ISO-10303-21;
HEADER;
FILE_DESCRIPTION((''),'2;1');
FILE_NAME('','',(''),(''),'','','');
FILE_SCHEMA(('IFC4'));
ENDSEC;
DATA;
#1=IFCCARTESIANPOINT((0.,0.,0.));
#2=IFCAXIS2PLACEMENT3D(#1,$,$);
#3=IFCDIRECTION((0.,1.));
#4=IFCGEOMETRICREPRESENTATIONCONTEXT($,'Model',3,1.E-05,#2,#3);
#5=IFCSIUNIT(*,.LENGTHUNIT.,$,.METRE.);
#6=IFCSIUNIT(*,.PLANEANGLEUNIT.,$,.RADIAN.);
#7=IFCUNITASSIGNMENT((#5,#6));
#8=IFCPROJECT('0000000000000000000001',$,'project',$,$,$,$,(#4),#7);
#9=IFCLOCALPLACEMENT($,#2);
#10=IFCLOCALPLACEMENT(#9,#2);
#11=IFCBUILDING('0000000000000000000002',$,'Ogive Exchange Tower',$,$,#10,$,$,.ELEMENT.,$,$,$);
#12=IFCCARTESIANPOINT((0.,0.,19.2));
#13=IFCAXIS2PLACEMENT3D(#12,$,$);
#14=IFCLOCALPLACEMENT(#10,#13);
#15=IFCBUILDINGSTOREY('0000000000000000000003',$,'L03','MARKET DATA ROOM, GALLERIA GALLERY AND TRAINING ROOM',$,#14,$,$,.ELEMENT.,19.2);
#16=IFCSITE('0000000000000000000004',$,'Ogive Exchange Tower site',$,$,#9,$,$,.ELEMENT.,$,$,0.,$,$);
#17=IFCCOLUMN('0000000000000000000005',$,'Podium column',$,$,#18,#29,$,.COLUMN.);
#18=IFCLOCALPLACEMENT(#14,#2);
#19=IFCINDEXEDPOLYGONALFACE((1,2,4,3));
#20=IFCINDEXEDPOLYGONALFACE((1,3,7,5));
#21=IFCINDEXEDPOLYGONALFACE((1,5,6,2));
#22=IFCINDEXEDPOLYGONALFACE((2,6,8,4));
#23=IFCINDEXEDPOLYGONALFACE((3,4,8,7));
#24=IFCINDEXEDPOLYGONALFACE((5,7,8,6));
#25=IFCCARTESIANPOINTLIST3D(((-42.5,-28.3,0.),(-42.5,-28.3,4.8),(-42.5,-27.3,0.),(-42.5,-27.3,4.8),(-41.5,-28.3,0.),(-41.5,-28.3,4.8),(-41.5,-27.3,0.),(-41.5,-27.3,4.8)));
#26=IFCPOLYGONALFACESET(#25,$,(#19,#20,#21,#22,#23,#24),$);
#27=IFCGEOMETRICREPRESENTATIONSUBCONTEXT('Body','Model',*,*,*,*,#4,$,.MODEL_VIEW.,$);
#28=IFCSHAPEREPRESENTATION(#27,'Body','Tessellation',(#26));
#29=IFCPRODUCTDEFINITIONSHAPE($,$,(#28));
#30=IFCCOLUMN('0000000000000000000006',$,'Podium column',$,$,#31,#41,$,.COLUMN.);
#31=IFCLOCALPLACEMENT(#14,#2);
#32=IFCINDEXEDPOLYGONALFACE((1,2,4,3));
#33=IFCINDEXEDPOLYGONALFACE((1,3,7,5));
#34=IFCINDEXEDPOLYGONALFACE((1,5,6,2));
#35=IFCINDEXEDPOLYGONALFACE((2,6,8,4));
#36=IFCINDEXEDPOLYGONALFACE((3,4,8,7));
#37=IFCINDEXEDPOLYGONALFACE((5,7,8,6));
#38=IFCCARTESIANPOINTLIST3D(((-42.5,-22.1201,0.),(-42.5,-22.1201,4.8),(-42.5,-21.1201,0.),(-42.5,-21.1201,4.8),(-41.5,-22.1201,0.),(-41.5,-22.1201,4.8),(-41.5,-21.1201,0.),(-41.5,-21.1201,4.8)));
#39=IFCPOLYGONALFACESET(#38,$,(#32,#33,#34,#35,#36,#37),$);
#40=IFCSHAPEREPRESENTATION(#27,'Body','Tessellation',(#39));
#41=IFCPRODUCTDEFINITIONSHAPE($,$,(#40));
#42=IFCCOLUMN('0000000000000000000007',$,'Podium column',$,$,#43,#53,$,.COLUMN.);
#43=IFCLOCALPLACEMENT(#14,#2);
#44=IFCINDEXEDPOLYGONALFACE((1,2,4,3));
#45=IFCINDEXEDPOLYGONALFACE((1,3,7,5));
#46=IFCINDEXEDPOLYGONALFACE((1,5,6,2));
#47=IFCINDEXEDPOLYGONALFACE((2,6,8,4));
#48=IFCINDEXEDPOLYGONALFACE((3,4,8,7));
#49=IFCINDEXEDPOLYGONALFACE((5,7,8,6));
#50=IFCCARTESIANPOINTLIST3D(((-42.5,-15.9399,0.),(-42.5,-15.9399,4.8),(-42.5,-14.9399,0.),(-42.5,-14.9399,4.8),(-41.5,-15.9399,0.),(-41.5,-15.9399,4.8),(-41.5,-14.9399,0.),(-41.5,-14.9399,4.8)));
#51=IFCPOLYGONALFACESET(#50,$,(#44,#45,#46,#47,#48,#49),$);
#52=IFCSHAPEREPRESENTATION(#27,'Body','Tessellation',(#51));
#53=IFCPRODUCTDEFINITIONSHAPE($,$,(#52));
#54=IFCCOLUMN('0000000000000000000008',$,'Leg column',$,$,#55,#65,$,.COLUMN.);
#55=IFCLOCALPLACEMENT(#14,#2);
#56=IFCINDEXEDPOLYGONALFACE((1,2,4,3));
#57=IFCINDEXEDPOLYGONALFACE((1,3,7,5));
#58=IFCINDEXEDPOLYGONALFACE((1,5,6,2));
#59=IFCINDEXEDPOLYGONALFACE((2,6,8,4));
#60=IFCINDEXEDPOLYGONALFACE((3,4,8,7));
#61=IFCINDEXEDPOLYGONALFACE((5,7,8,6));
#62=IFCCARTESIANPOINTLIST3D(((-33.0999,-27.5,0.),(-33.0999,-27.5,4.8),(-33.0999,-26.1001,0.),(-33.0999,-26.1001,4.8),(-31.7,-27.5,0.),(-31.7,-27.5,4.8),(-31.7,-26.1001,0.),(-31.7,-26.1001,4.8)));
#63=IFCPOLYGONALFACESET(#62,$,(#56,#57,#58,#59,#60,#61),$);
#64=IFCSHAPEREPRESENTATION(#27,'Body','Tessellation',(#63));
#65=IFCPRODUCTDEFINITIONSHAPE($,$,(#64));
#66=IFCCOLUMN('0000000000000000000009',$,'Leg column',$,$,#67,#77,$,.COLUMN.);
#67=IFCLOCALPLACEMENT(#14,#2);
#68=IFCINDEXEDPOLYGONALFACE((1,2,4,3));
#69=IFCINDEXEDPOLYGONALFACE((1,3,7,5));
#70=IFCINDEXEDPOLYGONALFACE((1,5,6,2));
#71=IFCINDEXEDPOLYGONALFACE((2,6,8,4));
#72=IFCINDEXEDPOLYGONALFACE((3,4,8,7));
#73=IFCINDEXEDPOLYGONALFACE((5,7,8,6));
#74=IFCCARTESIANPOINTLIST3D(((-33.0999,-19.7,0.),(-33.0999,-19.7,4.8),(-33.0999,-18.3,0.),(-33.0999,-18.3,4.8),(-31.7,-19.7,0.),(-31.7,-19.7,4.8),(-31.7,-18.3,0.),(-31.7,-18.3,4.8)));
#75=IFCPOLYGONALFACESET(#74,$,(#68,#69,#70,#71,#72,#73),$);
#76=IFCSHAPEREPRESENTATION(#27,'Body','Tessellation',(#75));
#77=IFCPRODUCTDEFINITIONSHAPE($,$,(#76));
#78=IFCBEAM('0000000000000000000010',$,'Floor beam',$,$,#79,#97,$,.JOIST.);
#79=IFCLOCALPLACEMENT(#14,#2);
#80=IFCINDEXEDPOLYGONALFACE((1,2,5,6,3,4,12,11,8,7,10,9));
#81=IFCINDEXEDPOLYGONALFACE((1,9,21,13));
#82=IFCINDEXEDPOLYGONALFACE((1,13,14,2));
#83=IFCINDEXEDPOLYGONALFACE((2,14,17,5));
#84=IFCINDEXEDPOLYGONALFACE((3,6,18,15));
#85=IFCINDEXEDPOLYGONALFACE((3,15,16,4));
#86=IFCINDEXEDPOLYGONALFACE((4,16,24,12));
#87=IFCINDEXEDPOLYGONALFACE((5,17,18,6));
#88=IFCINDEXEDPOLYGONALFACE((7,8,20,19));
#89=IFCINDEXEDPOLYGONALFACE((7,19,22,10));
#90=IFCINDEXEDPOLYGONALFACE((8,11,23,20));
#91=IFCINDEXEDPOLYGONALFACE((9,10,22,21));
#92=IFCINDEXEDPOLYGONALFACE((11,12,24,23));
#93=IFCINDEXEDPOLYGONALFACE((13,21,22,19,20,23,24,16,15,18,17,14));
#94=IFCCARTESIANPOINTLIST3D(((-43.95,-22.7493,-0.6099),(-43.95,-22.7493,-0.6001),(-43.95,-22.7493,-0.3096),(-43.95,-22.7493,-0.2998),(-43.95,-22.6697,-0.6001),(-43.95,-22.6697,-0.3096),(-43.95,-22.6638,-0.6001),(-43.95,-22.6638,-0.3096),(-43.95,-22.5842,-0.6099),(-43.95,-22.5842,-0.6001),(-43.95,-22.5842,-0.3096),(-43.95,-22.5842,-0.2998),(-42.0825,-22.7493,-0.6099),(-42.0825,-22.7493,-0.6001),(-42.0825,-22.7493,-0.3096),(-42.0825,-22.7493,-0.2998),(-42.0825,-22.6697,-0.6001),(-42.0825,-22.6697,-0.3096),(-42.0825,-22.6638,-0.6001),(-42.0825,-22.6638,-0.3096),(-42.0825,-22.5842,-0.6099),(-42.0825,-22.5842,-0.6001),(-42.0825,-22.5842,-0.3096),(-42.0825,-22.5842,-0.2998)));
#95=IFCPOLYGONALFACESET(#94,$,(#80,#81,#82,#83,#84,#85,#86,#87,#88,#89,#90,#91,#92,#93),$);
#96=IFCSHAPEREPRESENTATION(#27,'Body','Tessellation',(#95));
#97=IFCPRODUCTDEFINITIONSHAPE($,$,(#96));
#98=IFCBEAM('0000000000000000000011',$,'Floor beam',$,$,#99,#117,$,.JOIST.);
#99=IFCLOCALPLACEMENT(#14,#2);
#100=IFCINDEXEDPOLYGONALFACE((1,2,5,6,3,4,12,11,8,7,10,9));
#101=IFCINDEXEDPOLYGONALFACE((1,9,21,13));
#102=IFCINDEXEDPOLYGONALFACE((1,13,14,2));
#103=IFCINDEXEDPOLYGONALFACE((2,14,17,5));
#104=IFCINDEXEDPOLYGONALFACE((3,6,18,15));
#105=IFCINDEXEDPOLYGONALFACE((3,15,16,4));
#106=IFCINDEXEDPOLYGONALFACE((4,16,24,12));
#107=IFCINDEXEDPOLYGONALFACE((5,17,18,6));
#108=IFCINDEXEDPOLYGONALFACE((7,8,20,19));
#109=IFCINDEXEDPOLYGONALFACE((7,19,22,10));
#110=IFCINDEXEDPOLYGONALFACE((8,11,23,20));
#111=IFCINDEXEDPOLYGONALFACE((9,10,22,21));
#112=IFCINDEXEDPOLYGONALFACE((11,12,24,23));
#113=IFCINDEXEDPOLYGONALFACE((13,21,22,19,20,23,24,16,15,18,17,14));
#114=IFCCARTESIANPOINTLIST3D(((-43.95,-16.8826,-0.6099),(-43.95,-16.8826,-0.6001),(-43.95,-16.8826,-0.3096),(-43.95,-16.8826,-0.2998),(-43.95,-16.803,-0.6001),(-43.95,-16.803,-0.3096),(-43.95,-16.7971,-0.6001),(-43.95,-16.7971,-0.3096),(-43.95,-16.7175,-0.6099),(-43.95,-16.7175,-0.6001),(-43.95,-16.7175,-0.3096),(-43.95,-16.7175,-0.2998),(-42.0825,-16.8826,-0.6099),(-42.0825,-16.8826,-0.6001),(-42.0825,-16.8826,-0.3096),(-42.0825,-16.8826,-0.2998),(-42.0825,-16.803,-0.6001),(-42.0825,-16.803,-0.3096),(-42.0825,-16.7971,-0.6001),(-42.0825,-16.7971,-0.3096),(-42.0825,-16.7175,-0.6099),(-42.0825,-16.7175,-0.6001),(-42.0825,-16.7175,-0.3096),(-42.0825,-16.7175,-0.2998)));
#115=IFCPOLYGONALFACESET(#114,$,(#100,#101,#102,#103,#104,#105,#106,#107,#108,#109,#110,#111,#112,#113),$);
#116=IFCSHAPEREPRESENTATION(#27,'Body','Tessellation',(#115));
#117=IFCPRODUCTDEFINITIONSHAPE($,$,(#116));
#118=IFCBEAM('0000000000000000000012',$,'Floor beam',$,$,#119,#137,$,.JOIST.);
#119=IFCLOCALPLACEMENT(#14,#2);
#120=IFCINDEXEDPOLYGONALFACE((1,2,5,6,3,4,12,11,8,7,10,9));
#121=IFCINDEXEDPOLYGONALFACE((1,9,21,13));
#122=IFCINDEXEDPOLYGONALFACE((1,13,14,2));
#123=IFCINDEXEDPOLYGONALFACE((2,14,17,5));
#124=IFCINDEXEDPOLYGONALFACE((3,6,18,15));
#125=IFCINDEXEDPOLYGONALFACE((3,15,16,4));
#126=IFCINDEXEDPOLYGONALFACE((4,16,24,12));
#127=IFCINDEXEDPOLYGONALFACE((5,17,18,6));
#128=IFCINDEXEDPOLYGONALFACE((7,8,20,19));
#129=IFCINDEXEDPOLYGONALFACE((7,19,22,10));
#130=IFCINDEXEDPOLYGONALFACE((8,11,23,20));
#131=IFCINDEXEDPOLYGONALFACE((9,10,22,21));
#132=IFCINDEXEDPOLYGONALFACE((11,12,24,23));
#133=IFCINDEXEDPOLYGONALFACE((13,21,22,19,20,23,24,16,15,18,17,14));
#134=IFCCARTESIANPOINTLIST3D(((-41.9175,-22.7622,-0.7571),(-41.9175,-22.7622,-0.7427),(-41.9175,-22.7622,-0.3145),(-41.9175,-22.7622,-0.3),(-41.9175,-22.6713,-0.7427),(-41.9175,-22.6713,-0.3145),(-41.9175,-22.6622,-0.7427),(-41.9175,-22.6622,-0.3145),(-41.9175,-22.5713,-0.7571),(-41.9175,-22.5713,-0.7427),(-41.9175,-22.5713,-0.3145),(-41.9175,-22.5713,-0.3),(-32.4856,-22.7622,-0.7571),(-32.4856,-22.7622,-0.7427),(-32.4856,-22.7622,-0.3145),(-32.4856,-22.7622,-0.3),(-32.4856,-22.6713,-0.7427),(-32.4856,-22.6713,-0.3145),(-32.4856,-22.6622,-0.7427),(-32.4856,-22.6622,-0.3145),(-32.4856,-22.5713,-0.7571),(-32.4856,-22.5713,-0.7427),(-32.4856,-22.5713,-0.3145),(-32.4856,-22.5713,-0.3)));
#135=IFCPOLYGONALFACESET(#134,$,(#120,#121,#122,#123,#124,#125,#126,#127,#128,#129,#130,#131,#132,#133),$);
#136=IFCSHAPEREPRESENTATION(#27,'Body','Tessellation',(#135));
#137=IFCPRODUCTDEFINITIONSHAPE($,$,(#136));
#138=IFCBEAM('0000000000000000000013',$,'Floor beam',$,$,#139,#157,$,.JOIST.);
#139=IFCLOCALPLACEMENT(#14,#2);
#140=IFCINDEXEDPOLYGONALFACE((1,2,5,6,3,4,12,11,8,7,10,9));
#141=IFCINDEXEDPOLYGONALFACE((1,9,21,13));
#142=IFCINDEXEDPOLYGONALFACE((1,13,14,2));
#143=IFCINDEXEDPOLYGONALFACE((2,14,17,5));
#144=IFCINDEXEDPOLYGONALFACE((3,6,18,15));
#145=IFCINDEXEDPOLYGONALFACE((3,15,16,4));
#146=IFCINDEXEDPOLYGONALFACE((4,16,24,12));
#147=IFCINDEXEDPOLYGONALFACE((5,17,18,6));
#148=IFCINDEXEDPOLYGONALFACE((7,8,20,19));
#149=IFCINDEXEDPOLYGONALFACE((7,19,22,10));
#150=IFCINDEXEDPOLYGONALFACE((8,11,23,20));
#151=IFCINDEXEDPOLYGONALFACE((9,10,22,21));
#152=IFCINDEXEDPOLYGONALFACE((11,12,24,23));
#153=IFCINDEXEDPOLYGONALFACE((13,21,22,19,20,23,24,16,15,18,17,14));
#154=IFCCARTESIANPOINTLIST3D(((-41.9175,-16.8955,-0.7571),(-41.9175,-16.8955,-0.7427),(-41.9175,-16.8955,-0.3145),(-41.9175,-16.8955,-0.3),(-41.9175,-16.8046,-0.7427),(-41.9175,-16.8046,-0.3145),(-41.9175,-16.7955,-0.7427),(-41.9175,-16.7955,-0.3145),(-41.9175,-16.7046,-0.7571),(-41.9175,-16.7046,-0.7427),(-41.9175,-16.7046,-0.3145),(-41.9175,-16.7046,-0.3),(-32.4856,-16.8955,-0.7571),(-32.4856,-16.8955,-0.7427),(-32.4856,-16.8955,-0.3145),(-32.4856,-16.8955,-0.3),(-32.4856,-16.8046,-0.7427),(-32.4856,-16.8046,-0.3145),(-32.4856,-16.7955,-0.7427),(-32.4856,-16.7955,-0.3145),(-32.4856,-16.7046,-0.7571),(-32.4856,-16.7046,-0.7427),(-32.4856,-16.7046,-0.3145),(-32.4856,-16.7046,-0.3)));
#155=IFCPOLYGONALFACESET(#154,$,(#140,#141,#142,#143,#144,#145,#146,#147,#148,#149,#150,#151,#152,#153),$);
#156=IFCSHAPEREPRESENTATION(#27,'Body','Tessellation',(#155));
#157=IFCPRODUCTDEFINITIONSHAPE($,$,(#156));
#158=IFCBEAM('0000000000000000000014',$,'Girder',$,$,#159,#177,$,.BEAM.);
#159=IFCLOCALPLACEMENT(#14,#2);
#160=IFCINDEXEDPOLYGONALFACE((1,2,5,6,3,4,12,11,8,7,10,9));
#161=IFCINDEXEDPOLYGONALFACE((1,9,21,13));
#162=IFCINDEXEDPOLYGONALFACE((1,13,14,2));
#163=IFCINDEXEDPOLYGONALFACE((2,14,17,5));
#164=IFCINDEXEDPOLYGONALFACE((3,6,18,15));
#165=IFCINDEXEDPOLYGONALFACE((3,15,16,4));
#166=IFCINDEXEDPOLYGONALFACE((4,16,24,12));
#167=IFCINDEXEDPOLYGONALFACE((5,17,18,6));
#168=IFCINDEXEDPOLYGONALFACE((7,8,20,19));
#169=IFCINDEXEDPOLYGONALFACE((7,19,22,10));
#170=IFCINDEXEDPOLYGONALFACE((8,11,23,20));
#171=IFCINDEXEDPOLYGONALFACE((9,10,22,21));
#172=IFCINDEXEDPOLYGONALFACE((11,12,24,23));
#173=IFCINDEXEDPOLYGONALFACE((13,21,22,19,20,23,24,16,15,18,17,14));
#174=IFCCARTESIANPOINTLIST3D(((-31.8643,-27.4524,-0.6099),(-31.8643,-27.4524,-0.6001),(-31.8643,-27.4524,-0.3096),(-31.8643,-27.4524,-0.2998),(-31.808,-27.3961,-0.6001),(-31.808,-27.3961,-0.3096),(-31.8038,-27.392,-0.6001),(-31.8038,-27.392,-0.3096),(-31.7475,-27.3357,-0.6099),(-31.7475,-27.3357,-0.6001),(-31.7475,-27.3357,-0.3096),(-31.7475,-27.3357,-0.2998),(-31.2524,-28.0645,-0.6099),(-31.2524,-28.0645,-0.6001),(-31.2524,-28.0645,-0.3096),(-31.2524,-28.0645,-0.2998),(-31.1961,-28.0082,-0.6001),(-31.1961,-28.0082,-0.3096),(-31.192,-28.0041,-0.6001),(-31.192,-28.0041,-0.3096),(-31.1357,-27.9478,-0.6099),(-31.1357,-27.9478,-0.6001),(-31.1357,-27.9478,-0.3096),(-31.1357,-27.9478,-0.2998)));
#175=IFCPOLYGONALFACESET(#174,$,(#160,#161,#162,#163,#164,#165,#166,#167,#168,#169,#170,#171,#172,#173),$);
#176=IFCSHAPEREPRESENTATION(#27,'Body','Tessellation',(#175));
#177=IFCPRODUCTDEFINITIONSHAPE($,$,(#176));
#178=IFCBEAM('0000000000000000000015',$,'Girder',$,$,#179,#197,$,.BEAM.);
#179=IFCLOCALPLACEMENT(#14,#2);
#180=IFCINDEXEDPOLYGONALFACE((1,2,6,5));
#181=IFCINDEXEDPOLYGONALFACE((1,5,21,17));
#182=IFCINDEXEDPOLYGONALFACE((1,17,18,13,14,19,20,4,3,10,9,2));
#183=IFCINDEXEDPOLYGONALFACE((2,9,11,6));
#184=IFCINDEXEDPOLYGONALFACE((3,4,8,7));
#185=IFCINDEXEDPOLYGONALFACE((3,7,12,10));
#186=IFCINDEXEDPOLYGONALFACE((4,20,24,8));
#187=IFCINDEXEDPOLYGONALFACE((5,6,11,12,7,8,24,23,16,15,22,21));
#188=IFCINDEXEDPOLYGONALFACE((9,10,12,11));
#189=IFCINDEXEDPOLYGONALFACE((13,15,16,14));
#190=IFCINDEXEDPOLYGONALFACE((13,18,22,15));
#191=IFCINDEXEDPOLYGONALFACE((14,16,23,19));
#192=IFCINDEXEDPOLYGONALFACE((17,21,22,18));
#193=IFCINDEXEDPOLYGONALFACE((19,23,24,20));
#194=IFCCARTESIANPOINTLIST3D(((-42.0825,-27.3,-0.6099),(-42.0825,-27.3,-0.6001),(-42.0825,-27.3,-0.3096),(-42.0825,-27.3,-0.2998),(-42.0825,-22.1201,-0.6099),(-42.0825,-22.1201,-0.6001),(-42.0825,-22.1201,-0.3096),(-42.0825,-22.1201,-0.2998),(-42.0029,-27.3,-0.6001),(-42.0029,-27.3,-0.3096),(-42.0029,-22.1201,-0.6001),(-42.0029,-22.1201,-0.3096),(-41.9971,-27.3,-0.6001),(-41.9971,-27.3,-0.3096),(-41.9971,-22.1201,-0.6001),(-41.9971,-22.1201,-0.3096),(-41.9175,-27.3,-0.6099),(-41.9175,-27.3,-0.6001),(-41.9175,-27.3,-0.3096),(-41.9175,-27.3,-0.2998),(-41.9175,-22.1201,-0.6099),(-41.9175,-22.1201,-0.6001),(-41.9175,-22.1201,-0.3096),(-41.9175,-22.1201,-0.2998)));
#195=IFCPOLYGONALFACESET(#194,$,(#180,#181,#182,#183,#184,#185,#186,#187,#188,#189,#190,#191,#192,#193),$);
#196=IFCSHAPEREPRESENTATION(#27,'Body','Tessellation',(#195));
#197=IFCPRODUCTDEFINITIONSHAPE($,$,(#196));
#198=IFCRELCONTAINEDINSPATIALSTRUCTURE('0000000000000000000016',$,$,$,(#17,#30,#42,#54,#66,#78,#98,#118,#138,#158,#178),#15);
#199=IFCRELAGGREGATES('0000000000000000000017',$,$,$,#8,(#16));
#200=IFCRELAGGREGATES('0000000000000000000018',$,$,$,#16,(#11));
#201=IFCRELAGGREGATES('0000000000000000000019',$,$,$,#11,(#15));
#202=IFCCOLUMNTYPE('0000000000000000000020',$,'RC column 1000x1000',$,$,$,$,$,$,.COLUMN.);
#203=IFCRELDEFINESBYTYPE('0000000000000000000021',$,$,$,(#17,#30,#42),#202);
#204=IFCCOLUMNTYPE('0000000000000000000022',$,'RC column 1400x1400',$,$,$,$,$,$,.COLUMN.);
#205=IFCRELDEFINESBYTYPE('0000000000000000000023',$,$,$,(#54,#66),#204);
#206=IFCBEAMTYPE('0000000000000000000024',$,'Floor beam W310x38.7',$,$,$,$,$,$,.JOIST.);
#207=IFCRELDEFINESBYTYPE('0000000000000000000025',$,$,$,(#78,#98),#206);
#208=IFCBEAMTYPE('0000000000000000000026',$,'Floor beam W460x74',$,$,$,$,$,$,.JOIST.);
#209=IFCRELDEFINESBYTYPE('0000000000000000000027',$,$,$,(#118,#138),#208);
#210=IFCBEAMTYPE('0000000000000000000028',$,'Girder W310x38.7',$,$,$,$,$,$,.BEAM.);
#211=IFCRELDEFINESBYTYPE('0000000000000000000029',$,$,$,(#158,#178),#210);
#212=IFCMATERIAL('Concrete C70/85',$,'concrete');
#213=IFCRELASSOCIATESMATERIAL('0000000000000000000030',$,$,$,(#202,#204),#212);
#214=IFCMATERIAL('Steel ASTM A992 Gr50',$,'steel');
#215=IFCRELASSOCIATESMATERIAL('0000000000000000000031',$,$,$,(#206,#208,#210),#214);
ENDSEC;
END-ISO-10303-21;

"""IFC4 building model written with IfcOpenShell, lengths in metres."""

from ifc_helpers import new_model, si_unit, direction, frame, origin, origin_2d, place, context, subcontext, project, spatial, rectangle, i_section, extrude, material, material_profile, profile_set, type_object, element, save


model = new_model("IFC4")

# Units and contexts
model_context = context("Model", 3, precision=1e-05, world=origin(), true_north=direction((0.0, 1.0)))
body_context = subcontext(model_context, "Body", "Model", "MODEL_VIEW")
ifc_project = project(units=[si_unit("LENGTHUNIT", "METRE"), si_unit("PLANEANGLEUNIT", "RADIAN")], contexts=[model_context])

# Site, building, storey
site_placement = place(None, origin())
site = spatial("IfcSite", under=ifc_project, at=site_placement, Name="Ogive Exchange Tower site", CompositionType="ELEMENT", RefElevation=0.0)
building_placement = place(site_placement, origin())
building = spatial("IfcBuilding", under=site, at=building_placement, Name="Ogive Exchange Tower", CompositionType="ELEMENT")
storey_placement = place(building_placement, frame((0.0, 0.0, 19.2)))
storey = spatial("IfcBuildingStorey", under=building, at=storey_placement, Name="L03", Description="MARKET DATA ROOM, GALLERIA GALLERY AND TRAINING ROOM", CompositionType="ELEMENT", Elevation=19.2)

# Columns
ifc_material_1 = material(Name="Concrete C70/85", Category="concrete")
ifc_material_profile_1 = material_profile(ifc_material_1, rectangle(XDim=1.0, YDim=1.0, at=origin_2d()), Name="RC 1000x1000")
ifc_profile_set_1 = profile_set([ifc_material_profile_1], Name="Concrete C70/85")
column_type_1 = type_object("IfcColumnType", Name="RC column 1000x1000", PredefinedType="COLUMN", material=ifc_profile_set_1)
for number, where, z_axis, x_axis, name in (
    (1, (-42.0, -27.8, 0.0), (0.0, 0.0, 1.0), (1.0, 0.0, 0.0), "Podium column"),
    (2, (-42.0, -21.6201, 0.0), (0.0, 0.0, 1.0), (1.0, 0.0, 0.0), "Podium column"),
    (3, (-42.0, -15.4399, 0.0), (0.0, 0.0, 1.0), (1.0, 0.0, 0.0), "Podium column"),
):
    element("IfcColumn", number, at=place(storey_placement, frame(where, z_axis=z_axis, x_axis=x_axis)), inside=storey, type_object=column_type_1, Name=name, PredefinedType="COLUMN", context=body_context, shape_type="SweptSolid", body=[
        extrude(rectangle(XDim=1.0, YDim=1.0, at=origin_2d()), origin(), (0.0, 0.0, 1.0), 4.8),
    ])
ifc_material_profile_2 = material_profile(ifc_material_1, rectangle(XDim=1.3999, YDim=1.3999, at=origin_2d()), Name="RC 1400x1400")
ifc_profile_set_2 = profile_set([ifc_material_profile_2], Name="Concrete C70/85")
column_type_2 = type_object("IfcColumnType", Name="RC column 1400x1400", PredefinedType="COLUMN", material=ifc_profile_set_2)
for number, where, z_axis, x_axis, name in (
    (4, (-32.3999, -26.8, 0.0), (0.0, 0.0, 1.0), (1.0, 0.0, 0.0), "Leg column"),
    (5, (-32.3999, -19.0, 0.0), (0.0, 0.0, 1.0), (1.0, 0.0, 0.0), "Leg column"),
):
    element("IfcColumn", number, at=place(storey_placement, frame(where, z_axis=z_axis, x_axis=x_axis)), inside=storey, type_object=column_type_2, Name=name, PredefinedType="COLUMN", context=body_context, shape_type="SweptSolid", body=[
        extrude(rectangle(XDim=1.3999, YDim=1.3999, at=origin_2d()), origin(), (0.0, 0.0, 1.0), 4.8),
    ])

# Beams
ifc_material_2 = material(Name="Steel ASTM A992 Gr50", Category="steel")
ifc_material_profile_3 = material_profile(ifc_material_2, i_section(OverallWidth=0.165, OverallDepth=0.3101, WebThickness=0.0059, FlangeThickness=0.0098, at=origin_2d()), Name="W310x38.7")
ifc_profile_set_3 = profile_set([ifc_material_profile_3], Name="Steel ASTM A992 Gr50")
beam_type_1 = type_object("IfcBeamType", Name="Floor beam W310x38.7", PredefinedType="JOIST", material=ifc_profile_set_3)
for number, where, z_axis, x_axis, name in (
    (6, (-43.95, -22.6667, -0.4548), (1.0, 0.0, 0.0), (0.0, 1.0, 0.0), "Floor beam"),
    (7, (-43.95, -16.8, -0.4548), (1.0, 0.0, 0.0), (0.0, 1.0, 0.0), "Floor beam"),
):
    element("IfcBeam", number, at=place(storey_placement, frame(where, z_axis=z_axis, x_axis=x_axis)), inside=storey, type_object=beam_type_1, Name=name, PredefinedType="JOIST", context=body_context, shape_type="SweptSolid", body=[
        extrude(i_section(OverallWidth=0.165, OverallDepth=0.3101, WebThickness=0.0059, FlangeThickness=0.0098, at=origin_2d()), origin(), (0.0, 0.0, 1.0), 1.8674),
    ])
ifc_material_profile_4 = material_profile(ifc_material_2, i_section(OverallWidth=0.1909, OverallDepth=0.457, WebThickness=0.009, FlangeThickness=0.0144, at=origin_2d()), Name="W460x74")
ifc_profile_set_4 = profile_set([ifc_material_profile_4], Name="Steel ASTM A992 Gr50")
beam_type_2 = type_object("IfcBeamType", Name="Floor beam W460x74", PredefinedType="JOIST", material=ifc_profile_set_4)
for number, where, z_axis, x_axis, name in (
    (8, (-41.9175, -22.6667, -0.5286), (1.0, 0.0, 0.0), (0.0, 1.0, 0.0), "Floor beam"),
    (9, (-41.9175, -16.8, -0.5286), (1.0, 0.0, 0.0), (0.0, 1.0, 0.0), "Floor beam"),
):
    element("IfcBeam", number, at=place(storey_placement, frame(where, z_axis=z_axis, x_axis=x_axis)), inside=storey, type_object=beam_type_2, Name=name, PredefinedType="JOIST", context=body_context, shape_type="SweptSolid", body=[
        extrude(i_section(OverallWidth=0.1909, OverallDepth=0.457, WebThickness=0.009, FlangeThickness=0.0144, at=origin_2d()), origin(), (0.0, 0.0, 1.0), 9.4319),
    ])
ifc_material_profile_5 = material_profile(ifc_material_2, i_section(OverallWidth=0.165, OverallDepth=0.3101, WebThickness=0.0059, FlangeThickness=0.0098, at=origin_2d()), Name="W310x38.7")
ifc_profile_set_5 = profile_set([ifc_material_profile_5], Name="Steel ASTM A992 Gr50")
beam_type_3 = type_object("IfcBeamType", Name="Girder W310x38.7", PredefinedType="BEAM", material=ifc_profile_set_5)
beam_1_placement = place(storey_placement, frame((-31.8059, -27.394, -0.4548), z_axis=(0.706966, -0.707248, 0.0), x_axis=(0.707248, 0.706966, 0.0)))
element("IfcBeam", 10, at=beam_1_placement, inside=storey, type_object=beam_type_3, Name="Girder", PredefinedType="BEAM", context=body_context, shape_type="SweptSolid", body=[
    extrude(i_section(OverallWidth=0.165, OverallDepth=0.3101, WebThickness=0.0059, FlangeThickness=0.0098, at=origin_2d()), origin(), (0.0, 0.0, 1.0), 0.8655),
])
beam_2_placement = place(storey_placement, frame((-42.0, -27.3, -0.4548), z_axis=(0.0, 1.0, 0.0), x_axis=(-1.0, 0.0, 0.0)))
element("IfcBeam", 11, at=beam_2_placement, inside=storey, type_object=beam_type_3, Name="Girder", PredefinedType="BEAM", context=body_context, shape_type="SweptSolid", body=[
    extrude(i_section(OverallWidth=0.165, OverallDepth=0.3101, WebThickness=0.0059, FlangeThickness=0.0098, at=origin_2d()), origin(), (0.0, 0.0, 1.0), 5.1799),
])

save(model, "model.ifc")
